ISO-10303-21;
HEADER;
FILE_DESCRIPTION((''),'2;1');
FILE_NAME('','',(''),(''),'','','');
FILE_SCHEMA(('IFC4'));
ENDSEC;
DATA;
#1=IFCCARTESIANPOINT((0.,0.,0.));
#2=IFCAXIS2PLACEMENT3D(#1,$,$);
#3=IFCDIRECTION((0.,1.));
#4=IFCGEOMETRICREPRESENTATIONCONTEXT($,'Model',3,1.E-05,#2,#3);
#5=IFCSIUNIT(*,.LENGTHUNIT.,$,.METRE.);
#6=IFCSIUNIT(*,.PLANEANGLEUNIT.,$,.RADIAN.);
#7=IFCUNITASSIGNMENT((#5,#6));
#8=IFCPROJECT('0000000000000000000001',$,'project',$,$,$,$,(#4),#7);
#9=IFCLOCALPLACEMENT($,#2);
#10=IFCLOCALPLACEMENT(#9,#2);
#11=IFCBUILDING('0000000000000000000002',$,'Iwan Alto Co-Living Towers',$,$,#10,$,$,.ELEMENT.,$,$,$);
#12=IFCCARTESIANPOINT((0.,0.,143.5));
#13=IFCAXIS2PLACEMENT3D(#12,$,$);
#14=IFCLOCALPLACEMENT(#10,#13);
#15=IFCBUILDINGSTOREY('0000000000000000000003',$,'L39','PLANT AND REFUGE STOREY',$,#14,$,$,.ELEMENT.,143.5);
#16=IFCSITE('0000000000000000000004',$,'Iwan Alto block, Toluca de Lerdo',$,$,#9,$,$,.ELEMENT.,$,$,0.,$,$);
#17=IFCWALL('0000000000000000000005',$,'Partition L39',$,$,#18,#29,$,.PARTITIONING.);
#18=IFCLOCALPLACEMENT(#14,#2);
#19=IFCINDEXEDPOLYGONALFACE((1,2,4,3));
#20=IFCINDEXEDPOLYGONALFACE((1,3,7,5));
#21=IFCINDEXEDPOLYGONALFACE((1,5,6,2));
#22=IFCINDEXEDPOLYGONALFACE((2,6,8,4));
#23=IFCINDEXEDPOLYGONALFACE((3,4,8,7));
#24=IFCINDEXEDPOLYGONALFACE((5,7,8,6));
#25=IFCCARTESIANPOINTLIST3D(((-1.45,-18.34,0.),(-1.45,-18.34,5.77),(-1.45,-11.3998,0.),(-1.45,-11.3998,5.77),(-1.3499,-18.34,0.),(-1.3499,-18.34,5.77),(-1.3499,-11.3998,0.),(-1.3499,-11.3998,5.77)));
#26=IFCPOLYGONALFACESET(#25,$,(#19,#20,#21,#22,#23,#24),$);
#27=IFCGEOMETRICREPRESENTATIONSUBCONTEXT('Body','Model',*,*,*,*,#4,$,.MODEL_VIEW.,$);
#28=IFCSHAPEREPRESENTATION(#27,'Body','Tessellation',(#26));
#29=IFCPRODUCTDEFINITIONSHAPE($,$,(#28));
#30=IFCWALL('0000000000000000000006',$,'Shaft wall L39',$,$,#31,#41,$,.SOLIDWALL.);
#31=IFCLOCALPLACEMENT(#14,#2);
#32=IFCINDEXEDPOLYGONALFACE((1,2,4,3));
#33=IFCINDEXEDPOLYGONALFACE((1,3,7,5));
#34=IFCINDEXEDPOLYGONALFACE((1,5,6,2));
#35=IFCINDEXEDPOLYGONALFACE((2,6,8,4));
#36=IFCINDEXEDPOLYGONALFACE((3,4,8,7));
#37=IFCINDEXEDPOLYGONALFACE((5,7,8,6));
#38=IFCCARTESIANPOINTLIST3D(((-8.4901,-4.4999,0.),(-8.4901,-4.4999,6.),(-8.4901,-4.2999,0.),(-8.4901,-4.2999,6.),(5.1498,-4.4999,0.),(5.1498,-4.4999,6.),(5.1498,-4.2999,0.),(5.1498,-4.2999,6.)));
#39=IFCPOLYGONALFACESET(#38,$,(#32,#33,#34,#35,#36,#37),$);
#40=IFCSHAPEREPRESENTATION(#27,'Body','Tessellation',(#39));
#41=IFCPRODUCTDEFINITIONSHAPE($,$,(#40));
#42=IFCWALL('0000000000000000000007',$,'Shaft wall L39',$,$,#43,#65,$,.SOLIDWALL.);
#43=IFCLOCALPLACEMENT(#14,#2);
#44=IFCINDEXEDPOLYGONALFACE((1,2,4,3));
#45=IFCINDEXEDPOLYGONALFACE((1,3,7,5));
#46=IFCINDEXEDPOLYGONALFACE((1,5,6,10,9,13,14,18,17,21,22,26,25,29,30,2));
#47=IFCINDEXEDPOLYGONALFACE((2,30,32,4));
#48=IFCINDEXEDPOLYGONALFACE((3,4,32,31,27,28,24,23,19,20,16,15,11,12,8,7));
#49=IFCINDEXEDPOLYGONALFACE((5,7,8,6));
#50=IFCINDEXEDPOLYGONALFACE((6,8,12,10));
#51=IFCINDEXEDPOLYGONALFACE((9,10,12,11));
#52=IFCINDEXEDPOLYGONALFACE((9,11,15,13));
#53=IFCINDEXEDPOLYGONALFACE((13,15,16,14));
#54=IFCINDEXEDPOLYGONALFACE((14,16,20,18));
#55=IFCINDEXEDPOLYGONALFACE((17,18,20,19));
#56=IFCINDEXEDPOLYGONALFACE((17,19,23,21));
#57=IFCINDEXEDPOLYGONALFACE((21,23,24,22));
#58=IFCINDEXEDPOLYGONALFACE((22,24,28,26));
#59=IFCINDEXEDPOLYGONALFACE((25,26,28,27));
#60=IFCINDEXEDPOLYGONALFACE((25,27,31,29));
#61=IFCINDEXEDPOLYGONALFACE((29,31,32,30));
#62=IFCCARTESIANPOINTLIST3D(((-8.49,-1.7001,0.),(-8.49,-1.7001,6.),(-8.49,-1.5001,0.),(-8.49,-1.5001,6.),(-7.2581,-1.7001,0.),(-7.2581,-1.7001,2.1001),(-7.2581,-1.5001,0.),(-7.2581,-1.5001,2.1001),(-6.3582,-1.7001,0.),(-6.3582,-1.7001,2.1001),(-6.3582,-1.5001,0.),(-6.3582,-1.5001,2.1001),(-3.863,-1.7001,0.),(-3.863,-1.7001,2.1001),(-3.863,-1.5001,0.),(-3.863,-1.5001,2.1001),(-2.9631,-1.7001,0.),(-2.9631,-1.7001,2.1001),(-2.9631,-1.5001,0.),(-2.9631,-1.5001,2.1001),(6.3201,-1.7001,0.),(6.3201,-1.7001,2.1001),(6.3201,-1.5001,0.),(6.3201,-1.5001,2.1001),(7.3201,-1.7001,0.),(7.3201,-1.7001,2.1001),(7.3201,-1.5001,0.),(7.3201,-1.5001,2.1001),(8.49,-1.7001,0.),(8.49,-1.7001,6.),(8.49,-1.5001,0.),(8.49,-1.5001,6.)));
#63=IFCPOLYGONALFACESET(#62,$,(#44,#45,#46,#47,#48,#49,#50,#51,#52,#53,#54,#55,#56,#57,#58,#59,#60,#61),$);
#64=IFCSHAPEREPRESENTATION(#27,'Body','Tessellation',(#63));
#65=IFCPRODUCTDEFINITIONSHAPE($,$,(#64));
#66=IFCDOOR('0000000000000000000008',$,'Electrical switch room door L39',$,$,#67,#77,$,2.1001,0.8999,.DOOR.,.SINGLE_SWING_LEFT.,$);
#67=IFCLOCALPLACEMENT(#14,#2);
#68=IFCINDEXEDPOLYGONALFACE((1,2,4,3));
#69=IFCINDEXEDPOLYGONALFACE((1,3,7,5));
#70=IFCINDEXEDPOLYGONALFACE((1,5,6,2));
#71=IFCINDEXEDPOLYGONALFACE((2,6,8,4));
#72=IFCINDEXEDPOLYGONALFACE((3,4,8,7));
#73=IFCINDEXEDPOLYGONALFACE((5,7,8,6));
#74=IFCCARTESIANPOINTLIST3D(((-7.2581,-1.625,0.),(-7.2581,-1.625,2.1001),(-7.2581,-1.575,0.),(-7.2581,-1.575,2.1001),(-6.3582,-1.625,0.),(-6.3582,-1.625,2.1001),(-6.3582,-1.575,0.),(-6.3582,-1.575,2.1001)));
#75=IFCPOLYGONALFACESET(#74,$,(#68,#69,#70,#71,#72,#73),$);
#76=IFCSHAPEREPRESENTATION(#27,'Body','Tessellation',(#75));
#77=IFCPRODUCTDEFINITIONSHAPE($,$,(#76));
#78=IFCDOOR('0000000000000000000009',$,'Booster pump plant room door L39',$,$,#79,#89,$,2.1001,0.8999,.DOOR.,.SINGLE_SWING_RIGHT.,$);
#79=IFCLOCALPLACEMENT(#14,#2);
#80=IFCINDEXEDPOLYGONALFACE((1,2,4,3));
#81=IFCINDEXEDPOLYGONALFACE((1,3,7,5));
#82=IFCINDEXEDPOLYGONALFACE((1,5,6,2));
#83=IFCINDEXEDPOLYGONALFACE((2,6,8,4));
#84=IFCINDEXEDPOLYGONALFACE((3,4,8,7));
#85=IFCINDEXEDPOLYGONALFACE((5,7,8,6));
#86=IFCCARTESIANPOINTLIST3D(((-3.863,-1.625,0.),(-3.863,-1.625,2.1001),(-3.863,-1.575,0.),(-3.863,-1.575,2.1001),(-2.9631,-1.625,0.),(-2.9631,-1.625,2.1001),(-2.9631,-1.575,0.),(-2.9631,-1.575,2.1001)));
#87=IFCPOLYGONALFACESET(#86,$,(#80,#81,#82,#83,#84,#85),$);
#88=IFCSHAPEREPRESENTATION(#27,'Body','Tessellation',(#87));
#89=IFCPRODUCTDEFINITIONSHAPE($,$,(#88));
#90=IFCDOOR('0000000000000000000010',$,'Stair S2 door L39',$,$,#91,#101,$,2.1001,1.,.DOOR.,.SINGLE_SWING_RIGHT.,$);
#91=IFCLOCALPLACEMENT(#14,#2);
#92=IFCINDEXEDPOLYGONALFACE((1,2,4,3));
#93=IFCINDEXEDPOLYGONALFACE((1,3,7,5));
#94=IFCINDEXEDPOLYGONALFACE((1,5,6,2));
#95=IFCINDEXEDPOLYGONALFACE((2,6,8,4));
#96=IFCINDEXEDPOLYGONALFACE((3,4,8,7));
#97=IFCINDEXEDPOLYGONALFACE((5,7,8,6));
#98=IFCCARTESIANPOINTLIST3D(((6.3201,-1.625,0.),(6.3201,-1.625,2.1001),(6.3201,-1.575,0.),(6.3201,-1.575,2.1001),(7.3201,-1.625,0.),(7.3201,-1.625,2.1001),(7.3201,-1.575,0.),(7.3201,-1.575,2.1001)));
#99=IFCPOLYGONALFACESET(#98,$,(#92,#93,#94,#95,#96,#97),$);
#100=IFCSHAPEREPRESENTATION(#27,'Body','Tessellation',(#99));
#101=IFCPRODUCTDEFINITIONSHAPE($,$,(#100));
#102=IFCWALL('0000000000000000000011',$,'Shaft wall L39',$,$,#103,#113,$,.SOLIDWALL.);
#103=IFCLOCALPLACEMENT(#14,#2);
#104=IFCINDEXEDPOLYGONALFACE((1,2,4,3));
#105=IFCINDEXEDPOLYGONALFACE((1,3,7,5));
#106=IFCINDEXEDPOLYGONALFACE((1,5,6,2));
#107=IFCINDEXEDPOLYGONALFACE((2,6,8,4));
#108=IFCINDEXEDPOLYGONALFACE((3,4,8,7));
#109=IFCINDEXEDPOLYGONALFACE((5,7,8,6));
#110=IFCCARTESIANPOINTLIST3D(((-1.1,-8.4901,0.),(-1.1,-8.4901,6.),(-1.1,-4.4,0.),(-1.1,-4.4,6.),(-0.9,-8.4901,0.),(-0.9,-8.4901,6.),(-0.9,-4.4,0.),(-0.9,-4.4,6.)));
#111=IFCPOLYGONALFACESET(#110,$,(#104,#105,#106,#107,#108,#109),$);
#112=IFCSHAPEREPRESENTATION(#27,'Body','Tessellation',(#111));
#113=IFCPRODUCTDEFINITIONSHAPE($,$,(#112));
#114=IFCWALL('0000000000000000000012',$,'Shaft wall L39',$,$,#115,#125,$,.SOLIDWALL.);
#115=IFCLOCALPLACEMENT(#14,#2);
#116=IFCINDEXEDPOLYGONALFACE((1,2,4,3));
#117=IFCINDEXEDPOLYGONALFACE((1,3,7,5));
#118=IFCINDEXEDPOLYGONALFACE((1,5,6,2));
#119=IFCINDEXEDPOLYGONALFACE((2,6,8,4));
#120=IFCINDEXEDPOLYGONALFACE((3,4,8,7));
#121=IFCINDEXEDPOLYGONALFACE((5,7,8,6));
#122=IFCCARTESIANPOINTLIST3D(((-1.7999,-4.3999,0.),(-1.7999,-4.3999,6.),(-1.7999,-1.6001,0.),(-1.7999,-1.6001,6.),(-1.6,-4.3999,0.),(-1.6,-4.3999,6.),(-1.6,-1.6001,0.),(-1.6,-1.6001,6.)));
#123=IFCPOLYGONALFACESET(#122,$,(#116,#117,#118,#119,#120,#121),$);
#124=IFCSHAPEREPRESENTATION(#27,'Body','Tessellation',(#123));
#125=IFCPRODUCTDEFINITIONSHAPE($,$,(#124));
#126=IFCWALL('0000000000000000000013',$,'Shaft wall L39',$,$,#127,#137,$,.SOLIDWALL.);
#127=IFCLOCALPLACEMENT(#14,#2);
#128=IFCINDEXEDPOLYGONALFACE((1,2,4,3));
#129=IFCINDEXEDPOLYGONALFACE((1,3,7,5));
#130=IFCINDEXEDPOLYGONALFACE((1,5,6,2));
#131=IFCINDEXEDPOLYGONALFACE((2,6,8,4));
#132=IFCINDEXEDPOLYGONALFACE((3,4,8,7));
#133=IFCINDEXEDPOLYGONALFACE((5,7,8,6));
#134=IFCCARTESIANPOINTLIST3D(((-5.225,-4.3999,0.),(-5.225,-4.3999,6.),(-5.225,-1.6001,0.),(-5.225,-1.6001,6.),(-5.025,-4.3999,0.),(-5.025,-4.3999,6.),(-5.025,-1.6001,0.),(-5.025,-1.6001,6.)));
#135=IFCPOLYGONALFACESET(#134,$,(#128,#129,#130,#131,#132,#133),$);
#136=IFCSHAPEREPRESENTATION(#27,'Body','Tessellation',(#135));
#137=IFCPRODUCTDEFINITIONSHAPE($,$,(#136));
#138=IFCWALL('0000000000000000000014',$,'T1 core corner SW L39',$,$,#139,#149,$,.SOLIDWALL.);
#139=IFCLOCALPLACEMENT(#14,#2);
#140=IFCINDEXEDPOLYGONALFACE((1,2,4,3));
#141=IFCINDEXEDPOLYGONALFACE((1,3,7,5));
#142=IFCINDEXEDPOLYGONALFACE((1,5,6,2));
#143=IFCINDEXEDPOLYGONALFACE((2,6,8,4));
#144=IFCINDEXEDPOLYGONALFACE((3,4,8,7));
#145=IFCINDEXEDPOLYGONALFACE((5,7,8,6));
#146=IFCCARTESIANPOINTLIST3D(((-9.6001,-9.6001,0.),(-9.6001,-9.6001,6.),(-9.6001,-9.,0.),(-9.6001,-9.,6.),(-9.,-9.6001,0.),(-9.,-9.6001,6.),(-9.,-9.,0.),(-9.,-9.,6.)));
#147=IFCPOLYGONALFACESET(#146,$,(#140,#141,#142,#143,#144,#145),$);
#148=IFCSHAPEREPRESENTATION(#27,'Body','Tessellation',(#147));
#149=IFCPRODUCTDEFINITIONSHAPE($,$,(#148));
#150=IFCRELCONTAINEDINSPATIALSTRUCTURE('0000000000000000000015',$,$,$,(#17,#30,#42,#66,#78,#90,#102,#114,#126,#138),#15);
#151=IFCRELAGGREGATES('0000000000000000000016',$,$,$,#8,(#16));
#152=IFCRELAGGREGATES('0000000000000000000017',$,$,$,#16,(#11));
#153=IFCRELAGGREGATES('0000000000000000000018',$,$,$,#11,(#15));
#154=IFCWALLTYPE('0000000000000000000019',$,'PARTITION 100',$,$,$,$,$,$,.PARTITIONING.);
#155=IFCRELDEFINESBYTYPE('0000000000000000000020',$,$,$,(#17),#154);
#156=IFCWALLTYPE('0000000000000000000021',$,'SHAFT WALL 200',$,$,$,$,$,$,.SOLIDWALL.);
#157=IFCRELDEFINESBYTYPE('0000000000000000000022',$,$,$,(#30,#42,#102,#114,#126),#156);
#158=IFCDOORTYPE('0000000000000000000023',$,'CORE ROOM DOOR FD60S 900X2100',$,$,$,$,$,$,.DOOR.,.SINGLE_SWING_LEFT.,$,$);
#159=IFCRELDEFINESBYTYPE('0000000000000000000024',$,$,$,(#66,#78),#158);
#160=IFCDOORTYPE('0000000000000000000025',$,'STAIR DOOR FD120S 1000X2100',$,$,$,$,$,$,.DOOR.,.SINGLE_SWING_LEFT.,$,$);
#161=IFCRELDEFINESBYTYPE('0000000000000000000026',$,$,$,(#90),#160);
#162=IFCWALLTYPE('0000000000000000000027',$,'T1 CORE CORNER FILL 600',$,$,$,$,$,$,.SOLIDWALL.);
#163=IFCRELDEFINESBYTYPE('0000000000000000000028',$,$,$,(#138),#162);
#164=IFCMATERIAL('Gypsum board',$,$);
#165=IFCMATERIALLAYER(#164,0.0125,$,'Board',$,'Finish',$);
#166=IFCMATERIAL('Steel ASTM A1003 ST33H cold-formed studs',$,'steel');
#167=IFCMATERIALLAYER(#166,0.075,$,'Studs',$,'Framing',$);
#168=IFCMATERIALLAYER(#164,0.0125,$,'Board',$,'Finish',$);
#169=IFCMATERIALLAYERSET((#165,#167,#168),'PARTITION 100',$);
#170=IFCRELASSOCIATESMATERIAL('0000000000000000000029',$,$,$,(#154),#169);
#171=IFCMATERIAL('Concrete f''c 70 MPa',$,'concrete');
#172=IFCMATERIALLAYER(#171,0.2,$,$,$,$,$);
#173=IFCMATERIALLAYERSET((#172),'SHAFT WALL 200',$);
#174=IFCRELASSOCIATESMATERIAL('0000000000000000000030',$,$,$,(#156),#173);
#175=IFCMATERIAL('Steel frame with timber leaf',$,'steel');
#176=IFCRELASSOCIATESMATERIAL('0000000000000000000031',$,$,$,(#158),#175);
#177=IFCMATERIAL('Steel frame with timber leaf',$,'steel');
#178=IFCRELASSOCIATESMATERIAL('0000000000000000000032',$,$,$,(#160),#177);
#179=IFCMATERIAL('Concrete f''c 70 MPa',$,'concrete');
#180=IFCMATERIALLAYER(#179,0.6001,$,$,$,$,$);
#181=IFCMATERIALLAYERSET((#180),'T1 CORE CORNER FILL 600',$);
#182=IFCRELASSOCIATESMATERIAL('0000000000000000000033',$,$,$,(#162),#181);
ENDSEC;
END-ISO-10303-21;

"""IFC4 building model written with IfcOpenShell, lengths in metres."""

from ifc_helpers import new_model, si_unit, direction, frame, frame_2d, origin, place, context, subcontext, project, spatial, rectangle, extrude, material, layer, layer_set, type_object, element, fill, save


model = new_model("IFC4")

# Units and contexts
model_context = context("Model", 3, precision=1e-05, world=origin(), true_north=direction((0.0, 1.0)))
body_context = subcontext(model_context, "Body", "Model", "MODEL_VIEW")
ifc_project = project(units=[si_unit("LENGTHUNIT", "METRE"), si_unit("PLANEANGLEUNIT", "RADIAN")], contexts=[model_context])

# Site, building, storey
site_placement = place(None, origin())
site = spatial("IfcSite", under=ifc_project, at=site_placement, Name="Iwan Alto block, Toluca de Lerdo", CompositionType="ELEMENT", RefElevation=0.0)
building_placement = place(site_placement, origin())
building = spatial("IfcBuilding", under=site, at=building_placement, Name="Iwan Alto Co-Living Towers", CompositionType="ELEMENT")
storey_placement = place(building_placement, frame((0.0, 0.0, 143.5)))
storey = spatial("IfcBuildingStorey", under=building, at=storey_placement, Name="L39", Description="PLANT AND REFUGE STOREY", CompositionType="ELEMENT", Elevation=143.5)

# Walls
ifc_material_1 = material(Name="Gypsum board")
ifc_layer_1 = layer(ifc_material_1, 0.0125, Name="Board", Category="Finish")
ifc_material_2 = material(Name="Steel ASTM A1003 ST33H cold-formed studs", Category="steel")
ifc_layer_2 = layer(ifc_material_2, 0.075, Name="Studs", Category="Framing")
ifc_layer_3 = layer(ifc_material_1, 0.0125, Name="Board", Category="Finish")
ifc_layer_set_1 = layer_set([ifc_layer_1, ifc_layer_2, ifc_layer_3], Name="PARTITION 100")
wall_type_1 = type_object("IfcWallType", Name="PARTITION 100", PredefinedType="PARTITIONING", material=ifc_layer_set_1)
wall_1_placement = place(storey_placement, frame((-1.3999, -18.3401, 0.0), z_axis=(0.0, 0.0, 1.0), x_axis=(0.0, 1.0, 0.0)))
element("IfcWall", 1, at=wall_1_placement, inside=storey, type_object=wall_type_1, Name="Partition L39", PredefinedType="PARTITIONING", context=body_context, shape_type="SweptSolid", body=[
    extrude(rectangle(XDim=6.9402, YDim=0.1001, at=frame_2d((3.4702, 0.0))), origin(), (0.0, 0.0, 1.0), 5.77),
])
ifc_material_3 = material(Name="Concrete f'c 70 MPa", Category="concrete")
ifc_layer_4 = layer(ifc_material_3, 0.2)
ifc_layer_set_2 = layer_set([ifc_layer_4], Name="SHAFT WALL 200")
wall_type_2 = type_object("IfcWallType", Name="SHAFT WALL 200", PredefinedType="SOLIDWALL", material=ifc_layer_set_2)
wall_2_placement = place(storey_placement, frame((-8.49, -4.3999, 0.0), z_axis=(0.0, 0.0, 1.0), x_axis=(1.0, 0.0, 0.0)))
element("IfcWall", 2, at=wall_2_placement, inside=storey, type_object=wall_type_2, Name="Shaft wall L39", PredefinedType="SOLIDWALL", context=body_context, shape_type="SweptSolid", body=[
    extrude(rectangle(XDim=13.6399, YDim=0.2, at=frame_2d((6.8198, 0.0))), origin(), (0.0, 0.0, 1.0), 6.0),
])

# Wall, openings, doors
wall_3_placement = place(storey_placement, frame((-8.49, -1.6001, 0.0), z_axis=(0.0, 0.0, 1.0), x_axis=(1.0, 0.0, 0.0)))
wall_3 = element("IfcWall", 3, at=wall_3_placement, inside=storey, type_object=wall_type_2, Name="Shaft wall L39", PredefinedType="SOLIDWALL", context=body_context, shape_type="SweptSolid", body=[
    extrude(rectangle(XDim=16.98, YDim=0.2, at=frame_2d((8.49, 0.0))), origin(), (0.0, 0.0, 1.0), 6.0),
])
opening_1_placement = place(wall_3_placement, frame((14.8101, 0.0, 0.0)))
opening_1 = element("IfcOpeningElement", 4, at=opening_1_placement, cuts=wall_3, PredefinedType="OPENING", context=body_context, shape_type="SweptSolid", body=[
    extrude(rectangle(XDim=1.0, YDim=2.1001, at=frame_2d((0.5, 1.05))), frame((0.0, 0.1099, 0.0), z_axis=(0.0, -1.0, 0.0), x_axis=(1.0, 0.0, 0.0)), (0.0, 0.0, 1.0), 0.22),
])
opening_2_placement = place(wall_3_placement, frame((1.2319, 0.0, 0.0)))
opening_2 = element("IfcOpeningElement", 5, at=opening_2_placement, cuts=wall_3, PredefinedType="OPENING", context=body_context, shape_type="SweptSolid", body=[
    extrude(rectangle(XDim=0.8999, YDim=2.1001, at=frame_2d((0.45, 1.05))), frame((0.0, 0.1099, 0.0), z_axis=(0.0, -1.0, 0.0), x_axis=(1.0, 0.0, 0.0)), (0.0, 0.0, 1.0), 0.22),
])
opening_3_placement = place(wall_3_placement, frame((4.627, 0.0, 0.0)))
opening_3 = element("IfcOpeningElement", 6, at=opening_3_placement, cuts=wall_3, PredefinedType="OPENING", context=body_context, shape_type="SweptSolid", body=[
    extrude(rectangle(XDim=0.8999, YDim=2.1001, at=frame_2d((0.45, 1.05))), frame((0.0, 0.1099, 0.0), z_axis=(0.0, -1.0, 0.0), x_axis=(1.0, 0.0, 0.0)), (0.0, 0.0, 1.0), 0.22),
])
ifc_material_4 = material(Name="Steel frame with timber leaf", Category="steel")
door_type_1 = type_object("IfcDoorType", Name="CORE ROOM DOOR FD60S 900X2100", OperationType="SINGLE_SWING_LEFT", PredefinedType="DOOR", material=ifc_material_4)
door_1_placement = place(opening_2_placement, frame((0.8999, 0.0, 0.0), z_axis=(0.0, 0.0, 1.0), x_axis=(-1.0, 0.0, 0.0)))
door_1 = element("IfcDoor", 7, at=door_1_placement, inside=storey, type_object=door_type_1, Name="Electrical switch room door L39", OperationType="SINGLE_SWING_LEFT", OverallHeight=2.1001, OverallWidth=0.8999, PredefinedType="DOOR", context=body_context, shape_type="SweptSolid", body=[
    extrude(rectangle(XDim=0.8999, YDim=2.1001, at=frame_2d((0.45, 1.05))), frame((0.0, 0.0249, 0.0), z_axis=(0.0, -1.0, 0.0), x_axis=(1.0, 0.0, 0.0)), (0.0, 0.0, 1.0), 0.05),
])
fill(opening_2, door_1)
door_2_placement = place(opening_3_placement, frame((0.8999, 0.0, 0.0), z_axis=(0.0, 0.0, 1.0), x_axis=(-1.0, 0.0, 0.0)))
door_2 = element("IfcDoor", 8, at=door_2_placement, inside=storey, type_object=door_type_1, Name="Booster pump plant room door L39", OperationType="SINGLE_SWING_RIGHT", OverallHeight=2.1001, OverallWidth=0.8999, PredefinedType="DOOR", context=body_context, shape_type="SweptSolid", body=[
    extrude(rectangle(XDim=0.8999, YDim=2.1001, at=frame_2d((0.45, 1.05))), frame((0.0, 0.0249, 0.0), z_axis=(0.0, -1.0, 0.0), x_axis=(1.0, 0.0, 0.0)), (0.0, 0.0, 1.0), 0.05),
])
fill(opening_3, door_2)
ifc_material_5 = material(Name="Steel frame with timber leaf", Category="steel")
door_type_2 = type_object("IfcDoorType", Name="STAIR DOOR FD120S 1000X2100", OperationType="SINGLE_SWING_LEFT", PredefinedType="DOOR", material=ifc_material_5)
door_3_placement = place(opening_1_placement, frame((1.0, 0.0, 0.0), z_axis=(0.0, 0.0, 1.0), x_axis=(-1.0, 0.0, 0.0)))
door_3 = element("IfcDoor", 9, at=door_3_placement, inside=storey, type_object=door_type_2, Name="Stair S2 door L39", OperationType="SINGLE_SWING_RIGHT", OverallHeight=2.1001, OverallWidth=1.0, PredefinedType="DOOR", context=body_context, shape_type="SweptSolid", body=[
    extrude(rectangle(XDim=1.0, YDim=2.1001, at=frame_2d((0.5, 1.05))), frame((0.0, 0.0249, 0.0), z_axis=(0.0, -1.0, 0.0), x_axis=(1.0, 0.0, 0.0)), (0.0, 0.0, 1.0), 0.05),
])
fill(opening_1, door_3)

# Walls
wall_4_placement = place(storey_placement, frame((-1.0, -8.49, 0.0), z_axis=(0.0, 0.0, 1.0), x_axis=(0.0, 1.0, 0.0)))
element("IfcWall", 10, at=wall_4_placement, inside=storey, type_object=wall_type_2, Name="Shaft wall L39", PredefinedType="SOLIDWALL", context=body_context, shape_type="SweptSolid", body=[
    extrude(rectangle(XDim=4.0901, YDim=0.2, at=frame_2d((2.0449, 0.0))), origin(), (0.0, 0.0, 1.0), 6.0),
])
for number, where, z_axis, x_axis, name in (
    (11, (-1.7, -4.3999, 0.0), (0.0, 0.0, 1.0), (0.0, 1.0, 0.0), "Shaft wall L39"),
    (12, (-5.125, -4.3999, 0.0), (0.0, 0.0, 1.0), (0.0, 1.0, 0.0), "Shaft wall L39"),
):
    element("IfcWall", number, at=place(storey_placement, frame(where, z_axis=z_axis, x_axis=x_axis)), inside=storey, type_object=wall_type_2, Name=name, PredefinedType="SOLIDWALL", context=body_context, shape_type="SweptSolid", body=[
        extrude(rectangle(XDim=2.7998, YDim=0.2, at=frame_2d((1.3999, 0.0))), origin(), (0.0, 0.0, 1.0), 6.0),
    ])
ifc_material_6 = material(Name="Concrete f'c 70 MPa", Category="concrete")
ifc_layer_5 = layer(ifc_material_6, 0.6001)
ifc_layer_set_3 = layer_set([ifc_layer_5], Name="T1 CORE CORNER FILL 600")
wall_type_3 = type_object("IfcWallType", Name="T1 CORE CORNER FILL 600", PredefinedType="SOLIDWALL", material=ifc_layer_set_3)
wall_5_placement = place(storey_placement, frame((-9.6001, -9.3, 0.0), z_axis=(0.0, 0.0, 1.0), x_axis=(1.0, 0.0, 0.0)))
element("IfcWall", 13, at=wall_5_placement, inside=storey, type_object=wall_type_3, Name="T1 core corner SW L39", PredefinedType="SOLIDWALL", context=body_context, shape_type="SweptSolid", body=[
    extrude(rectangle(XDim=0.6001, YDim=0.6001, at=frame_2d((0.3, 0.0))), origin(), (0.0, 0.0, 1.0), 6.0),
])

save(model, "model.ifc")
